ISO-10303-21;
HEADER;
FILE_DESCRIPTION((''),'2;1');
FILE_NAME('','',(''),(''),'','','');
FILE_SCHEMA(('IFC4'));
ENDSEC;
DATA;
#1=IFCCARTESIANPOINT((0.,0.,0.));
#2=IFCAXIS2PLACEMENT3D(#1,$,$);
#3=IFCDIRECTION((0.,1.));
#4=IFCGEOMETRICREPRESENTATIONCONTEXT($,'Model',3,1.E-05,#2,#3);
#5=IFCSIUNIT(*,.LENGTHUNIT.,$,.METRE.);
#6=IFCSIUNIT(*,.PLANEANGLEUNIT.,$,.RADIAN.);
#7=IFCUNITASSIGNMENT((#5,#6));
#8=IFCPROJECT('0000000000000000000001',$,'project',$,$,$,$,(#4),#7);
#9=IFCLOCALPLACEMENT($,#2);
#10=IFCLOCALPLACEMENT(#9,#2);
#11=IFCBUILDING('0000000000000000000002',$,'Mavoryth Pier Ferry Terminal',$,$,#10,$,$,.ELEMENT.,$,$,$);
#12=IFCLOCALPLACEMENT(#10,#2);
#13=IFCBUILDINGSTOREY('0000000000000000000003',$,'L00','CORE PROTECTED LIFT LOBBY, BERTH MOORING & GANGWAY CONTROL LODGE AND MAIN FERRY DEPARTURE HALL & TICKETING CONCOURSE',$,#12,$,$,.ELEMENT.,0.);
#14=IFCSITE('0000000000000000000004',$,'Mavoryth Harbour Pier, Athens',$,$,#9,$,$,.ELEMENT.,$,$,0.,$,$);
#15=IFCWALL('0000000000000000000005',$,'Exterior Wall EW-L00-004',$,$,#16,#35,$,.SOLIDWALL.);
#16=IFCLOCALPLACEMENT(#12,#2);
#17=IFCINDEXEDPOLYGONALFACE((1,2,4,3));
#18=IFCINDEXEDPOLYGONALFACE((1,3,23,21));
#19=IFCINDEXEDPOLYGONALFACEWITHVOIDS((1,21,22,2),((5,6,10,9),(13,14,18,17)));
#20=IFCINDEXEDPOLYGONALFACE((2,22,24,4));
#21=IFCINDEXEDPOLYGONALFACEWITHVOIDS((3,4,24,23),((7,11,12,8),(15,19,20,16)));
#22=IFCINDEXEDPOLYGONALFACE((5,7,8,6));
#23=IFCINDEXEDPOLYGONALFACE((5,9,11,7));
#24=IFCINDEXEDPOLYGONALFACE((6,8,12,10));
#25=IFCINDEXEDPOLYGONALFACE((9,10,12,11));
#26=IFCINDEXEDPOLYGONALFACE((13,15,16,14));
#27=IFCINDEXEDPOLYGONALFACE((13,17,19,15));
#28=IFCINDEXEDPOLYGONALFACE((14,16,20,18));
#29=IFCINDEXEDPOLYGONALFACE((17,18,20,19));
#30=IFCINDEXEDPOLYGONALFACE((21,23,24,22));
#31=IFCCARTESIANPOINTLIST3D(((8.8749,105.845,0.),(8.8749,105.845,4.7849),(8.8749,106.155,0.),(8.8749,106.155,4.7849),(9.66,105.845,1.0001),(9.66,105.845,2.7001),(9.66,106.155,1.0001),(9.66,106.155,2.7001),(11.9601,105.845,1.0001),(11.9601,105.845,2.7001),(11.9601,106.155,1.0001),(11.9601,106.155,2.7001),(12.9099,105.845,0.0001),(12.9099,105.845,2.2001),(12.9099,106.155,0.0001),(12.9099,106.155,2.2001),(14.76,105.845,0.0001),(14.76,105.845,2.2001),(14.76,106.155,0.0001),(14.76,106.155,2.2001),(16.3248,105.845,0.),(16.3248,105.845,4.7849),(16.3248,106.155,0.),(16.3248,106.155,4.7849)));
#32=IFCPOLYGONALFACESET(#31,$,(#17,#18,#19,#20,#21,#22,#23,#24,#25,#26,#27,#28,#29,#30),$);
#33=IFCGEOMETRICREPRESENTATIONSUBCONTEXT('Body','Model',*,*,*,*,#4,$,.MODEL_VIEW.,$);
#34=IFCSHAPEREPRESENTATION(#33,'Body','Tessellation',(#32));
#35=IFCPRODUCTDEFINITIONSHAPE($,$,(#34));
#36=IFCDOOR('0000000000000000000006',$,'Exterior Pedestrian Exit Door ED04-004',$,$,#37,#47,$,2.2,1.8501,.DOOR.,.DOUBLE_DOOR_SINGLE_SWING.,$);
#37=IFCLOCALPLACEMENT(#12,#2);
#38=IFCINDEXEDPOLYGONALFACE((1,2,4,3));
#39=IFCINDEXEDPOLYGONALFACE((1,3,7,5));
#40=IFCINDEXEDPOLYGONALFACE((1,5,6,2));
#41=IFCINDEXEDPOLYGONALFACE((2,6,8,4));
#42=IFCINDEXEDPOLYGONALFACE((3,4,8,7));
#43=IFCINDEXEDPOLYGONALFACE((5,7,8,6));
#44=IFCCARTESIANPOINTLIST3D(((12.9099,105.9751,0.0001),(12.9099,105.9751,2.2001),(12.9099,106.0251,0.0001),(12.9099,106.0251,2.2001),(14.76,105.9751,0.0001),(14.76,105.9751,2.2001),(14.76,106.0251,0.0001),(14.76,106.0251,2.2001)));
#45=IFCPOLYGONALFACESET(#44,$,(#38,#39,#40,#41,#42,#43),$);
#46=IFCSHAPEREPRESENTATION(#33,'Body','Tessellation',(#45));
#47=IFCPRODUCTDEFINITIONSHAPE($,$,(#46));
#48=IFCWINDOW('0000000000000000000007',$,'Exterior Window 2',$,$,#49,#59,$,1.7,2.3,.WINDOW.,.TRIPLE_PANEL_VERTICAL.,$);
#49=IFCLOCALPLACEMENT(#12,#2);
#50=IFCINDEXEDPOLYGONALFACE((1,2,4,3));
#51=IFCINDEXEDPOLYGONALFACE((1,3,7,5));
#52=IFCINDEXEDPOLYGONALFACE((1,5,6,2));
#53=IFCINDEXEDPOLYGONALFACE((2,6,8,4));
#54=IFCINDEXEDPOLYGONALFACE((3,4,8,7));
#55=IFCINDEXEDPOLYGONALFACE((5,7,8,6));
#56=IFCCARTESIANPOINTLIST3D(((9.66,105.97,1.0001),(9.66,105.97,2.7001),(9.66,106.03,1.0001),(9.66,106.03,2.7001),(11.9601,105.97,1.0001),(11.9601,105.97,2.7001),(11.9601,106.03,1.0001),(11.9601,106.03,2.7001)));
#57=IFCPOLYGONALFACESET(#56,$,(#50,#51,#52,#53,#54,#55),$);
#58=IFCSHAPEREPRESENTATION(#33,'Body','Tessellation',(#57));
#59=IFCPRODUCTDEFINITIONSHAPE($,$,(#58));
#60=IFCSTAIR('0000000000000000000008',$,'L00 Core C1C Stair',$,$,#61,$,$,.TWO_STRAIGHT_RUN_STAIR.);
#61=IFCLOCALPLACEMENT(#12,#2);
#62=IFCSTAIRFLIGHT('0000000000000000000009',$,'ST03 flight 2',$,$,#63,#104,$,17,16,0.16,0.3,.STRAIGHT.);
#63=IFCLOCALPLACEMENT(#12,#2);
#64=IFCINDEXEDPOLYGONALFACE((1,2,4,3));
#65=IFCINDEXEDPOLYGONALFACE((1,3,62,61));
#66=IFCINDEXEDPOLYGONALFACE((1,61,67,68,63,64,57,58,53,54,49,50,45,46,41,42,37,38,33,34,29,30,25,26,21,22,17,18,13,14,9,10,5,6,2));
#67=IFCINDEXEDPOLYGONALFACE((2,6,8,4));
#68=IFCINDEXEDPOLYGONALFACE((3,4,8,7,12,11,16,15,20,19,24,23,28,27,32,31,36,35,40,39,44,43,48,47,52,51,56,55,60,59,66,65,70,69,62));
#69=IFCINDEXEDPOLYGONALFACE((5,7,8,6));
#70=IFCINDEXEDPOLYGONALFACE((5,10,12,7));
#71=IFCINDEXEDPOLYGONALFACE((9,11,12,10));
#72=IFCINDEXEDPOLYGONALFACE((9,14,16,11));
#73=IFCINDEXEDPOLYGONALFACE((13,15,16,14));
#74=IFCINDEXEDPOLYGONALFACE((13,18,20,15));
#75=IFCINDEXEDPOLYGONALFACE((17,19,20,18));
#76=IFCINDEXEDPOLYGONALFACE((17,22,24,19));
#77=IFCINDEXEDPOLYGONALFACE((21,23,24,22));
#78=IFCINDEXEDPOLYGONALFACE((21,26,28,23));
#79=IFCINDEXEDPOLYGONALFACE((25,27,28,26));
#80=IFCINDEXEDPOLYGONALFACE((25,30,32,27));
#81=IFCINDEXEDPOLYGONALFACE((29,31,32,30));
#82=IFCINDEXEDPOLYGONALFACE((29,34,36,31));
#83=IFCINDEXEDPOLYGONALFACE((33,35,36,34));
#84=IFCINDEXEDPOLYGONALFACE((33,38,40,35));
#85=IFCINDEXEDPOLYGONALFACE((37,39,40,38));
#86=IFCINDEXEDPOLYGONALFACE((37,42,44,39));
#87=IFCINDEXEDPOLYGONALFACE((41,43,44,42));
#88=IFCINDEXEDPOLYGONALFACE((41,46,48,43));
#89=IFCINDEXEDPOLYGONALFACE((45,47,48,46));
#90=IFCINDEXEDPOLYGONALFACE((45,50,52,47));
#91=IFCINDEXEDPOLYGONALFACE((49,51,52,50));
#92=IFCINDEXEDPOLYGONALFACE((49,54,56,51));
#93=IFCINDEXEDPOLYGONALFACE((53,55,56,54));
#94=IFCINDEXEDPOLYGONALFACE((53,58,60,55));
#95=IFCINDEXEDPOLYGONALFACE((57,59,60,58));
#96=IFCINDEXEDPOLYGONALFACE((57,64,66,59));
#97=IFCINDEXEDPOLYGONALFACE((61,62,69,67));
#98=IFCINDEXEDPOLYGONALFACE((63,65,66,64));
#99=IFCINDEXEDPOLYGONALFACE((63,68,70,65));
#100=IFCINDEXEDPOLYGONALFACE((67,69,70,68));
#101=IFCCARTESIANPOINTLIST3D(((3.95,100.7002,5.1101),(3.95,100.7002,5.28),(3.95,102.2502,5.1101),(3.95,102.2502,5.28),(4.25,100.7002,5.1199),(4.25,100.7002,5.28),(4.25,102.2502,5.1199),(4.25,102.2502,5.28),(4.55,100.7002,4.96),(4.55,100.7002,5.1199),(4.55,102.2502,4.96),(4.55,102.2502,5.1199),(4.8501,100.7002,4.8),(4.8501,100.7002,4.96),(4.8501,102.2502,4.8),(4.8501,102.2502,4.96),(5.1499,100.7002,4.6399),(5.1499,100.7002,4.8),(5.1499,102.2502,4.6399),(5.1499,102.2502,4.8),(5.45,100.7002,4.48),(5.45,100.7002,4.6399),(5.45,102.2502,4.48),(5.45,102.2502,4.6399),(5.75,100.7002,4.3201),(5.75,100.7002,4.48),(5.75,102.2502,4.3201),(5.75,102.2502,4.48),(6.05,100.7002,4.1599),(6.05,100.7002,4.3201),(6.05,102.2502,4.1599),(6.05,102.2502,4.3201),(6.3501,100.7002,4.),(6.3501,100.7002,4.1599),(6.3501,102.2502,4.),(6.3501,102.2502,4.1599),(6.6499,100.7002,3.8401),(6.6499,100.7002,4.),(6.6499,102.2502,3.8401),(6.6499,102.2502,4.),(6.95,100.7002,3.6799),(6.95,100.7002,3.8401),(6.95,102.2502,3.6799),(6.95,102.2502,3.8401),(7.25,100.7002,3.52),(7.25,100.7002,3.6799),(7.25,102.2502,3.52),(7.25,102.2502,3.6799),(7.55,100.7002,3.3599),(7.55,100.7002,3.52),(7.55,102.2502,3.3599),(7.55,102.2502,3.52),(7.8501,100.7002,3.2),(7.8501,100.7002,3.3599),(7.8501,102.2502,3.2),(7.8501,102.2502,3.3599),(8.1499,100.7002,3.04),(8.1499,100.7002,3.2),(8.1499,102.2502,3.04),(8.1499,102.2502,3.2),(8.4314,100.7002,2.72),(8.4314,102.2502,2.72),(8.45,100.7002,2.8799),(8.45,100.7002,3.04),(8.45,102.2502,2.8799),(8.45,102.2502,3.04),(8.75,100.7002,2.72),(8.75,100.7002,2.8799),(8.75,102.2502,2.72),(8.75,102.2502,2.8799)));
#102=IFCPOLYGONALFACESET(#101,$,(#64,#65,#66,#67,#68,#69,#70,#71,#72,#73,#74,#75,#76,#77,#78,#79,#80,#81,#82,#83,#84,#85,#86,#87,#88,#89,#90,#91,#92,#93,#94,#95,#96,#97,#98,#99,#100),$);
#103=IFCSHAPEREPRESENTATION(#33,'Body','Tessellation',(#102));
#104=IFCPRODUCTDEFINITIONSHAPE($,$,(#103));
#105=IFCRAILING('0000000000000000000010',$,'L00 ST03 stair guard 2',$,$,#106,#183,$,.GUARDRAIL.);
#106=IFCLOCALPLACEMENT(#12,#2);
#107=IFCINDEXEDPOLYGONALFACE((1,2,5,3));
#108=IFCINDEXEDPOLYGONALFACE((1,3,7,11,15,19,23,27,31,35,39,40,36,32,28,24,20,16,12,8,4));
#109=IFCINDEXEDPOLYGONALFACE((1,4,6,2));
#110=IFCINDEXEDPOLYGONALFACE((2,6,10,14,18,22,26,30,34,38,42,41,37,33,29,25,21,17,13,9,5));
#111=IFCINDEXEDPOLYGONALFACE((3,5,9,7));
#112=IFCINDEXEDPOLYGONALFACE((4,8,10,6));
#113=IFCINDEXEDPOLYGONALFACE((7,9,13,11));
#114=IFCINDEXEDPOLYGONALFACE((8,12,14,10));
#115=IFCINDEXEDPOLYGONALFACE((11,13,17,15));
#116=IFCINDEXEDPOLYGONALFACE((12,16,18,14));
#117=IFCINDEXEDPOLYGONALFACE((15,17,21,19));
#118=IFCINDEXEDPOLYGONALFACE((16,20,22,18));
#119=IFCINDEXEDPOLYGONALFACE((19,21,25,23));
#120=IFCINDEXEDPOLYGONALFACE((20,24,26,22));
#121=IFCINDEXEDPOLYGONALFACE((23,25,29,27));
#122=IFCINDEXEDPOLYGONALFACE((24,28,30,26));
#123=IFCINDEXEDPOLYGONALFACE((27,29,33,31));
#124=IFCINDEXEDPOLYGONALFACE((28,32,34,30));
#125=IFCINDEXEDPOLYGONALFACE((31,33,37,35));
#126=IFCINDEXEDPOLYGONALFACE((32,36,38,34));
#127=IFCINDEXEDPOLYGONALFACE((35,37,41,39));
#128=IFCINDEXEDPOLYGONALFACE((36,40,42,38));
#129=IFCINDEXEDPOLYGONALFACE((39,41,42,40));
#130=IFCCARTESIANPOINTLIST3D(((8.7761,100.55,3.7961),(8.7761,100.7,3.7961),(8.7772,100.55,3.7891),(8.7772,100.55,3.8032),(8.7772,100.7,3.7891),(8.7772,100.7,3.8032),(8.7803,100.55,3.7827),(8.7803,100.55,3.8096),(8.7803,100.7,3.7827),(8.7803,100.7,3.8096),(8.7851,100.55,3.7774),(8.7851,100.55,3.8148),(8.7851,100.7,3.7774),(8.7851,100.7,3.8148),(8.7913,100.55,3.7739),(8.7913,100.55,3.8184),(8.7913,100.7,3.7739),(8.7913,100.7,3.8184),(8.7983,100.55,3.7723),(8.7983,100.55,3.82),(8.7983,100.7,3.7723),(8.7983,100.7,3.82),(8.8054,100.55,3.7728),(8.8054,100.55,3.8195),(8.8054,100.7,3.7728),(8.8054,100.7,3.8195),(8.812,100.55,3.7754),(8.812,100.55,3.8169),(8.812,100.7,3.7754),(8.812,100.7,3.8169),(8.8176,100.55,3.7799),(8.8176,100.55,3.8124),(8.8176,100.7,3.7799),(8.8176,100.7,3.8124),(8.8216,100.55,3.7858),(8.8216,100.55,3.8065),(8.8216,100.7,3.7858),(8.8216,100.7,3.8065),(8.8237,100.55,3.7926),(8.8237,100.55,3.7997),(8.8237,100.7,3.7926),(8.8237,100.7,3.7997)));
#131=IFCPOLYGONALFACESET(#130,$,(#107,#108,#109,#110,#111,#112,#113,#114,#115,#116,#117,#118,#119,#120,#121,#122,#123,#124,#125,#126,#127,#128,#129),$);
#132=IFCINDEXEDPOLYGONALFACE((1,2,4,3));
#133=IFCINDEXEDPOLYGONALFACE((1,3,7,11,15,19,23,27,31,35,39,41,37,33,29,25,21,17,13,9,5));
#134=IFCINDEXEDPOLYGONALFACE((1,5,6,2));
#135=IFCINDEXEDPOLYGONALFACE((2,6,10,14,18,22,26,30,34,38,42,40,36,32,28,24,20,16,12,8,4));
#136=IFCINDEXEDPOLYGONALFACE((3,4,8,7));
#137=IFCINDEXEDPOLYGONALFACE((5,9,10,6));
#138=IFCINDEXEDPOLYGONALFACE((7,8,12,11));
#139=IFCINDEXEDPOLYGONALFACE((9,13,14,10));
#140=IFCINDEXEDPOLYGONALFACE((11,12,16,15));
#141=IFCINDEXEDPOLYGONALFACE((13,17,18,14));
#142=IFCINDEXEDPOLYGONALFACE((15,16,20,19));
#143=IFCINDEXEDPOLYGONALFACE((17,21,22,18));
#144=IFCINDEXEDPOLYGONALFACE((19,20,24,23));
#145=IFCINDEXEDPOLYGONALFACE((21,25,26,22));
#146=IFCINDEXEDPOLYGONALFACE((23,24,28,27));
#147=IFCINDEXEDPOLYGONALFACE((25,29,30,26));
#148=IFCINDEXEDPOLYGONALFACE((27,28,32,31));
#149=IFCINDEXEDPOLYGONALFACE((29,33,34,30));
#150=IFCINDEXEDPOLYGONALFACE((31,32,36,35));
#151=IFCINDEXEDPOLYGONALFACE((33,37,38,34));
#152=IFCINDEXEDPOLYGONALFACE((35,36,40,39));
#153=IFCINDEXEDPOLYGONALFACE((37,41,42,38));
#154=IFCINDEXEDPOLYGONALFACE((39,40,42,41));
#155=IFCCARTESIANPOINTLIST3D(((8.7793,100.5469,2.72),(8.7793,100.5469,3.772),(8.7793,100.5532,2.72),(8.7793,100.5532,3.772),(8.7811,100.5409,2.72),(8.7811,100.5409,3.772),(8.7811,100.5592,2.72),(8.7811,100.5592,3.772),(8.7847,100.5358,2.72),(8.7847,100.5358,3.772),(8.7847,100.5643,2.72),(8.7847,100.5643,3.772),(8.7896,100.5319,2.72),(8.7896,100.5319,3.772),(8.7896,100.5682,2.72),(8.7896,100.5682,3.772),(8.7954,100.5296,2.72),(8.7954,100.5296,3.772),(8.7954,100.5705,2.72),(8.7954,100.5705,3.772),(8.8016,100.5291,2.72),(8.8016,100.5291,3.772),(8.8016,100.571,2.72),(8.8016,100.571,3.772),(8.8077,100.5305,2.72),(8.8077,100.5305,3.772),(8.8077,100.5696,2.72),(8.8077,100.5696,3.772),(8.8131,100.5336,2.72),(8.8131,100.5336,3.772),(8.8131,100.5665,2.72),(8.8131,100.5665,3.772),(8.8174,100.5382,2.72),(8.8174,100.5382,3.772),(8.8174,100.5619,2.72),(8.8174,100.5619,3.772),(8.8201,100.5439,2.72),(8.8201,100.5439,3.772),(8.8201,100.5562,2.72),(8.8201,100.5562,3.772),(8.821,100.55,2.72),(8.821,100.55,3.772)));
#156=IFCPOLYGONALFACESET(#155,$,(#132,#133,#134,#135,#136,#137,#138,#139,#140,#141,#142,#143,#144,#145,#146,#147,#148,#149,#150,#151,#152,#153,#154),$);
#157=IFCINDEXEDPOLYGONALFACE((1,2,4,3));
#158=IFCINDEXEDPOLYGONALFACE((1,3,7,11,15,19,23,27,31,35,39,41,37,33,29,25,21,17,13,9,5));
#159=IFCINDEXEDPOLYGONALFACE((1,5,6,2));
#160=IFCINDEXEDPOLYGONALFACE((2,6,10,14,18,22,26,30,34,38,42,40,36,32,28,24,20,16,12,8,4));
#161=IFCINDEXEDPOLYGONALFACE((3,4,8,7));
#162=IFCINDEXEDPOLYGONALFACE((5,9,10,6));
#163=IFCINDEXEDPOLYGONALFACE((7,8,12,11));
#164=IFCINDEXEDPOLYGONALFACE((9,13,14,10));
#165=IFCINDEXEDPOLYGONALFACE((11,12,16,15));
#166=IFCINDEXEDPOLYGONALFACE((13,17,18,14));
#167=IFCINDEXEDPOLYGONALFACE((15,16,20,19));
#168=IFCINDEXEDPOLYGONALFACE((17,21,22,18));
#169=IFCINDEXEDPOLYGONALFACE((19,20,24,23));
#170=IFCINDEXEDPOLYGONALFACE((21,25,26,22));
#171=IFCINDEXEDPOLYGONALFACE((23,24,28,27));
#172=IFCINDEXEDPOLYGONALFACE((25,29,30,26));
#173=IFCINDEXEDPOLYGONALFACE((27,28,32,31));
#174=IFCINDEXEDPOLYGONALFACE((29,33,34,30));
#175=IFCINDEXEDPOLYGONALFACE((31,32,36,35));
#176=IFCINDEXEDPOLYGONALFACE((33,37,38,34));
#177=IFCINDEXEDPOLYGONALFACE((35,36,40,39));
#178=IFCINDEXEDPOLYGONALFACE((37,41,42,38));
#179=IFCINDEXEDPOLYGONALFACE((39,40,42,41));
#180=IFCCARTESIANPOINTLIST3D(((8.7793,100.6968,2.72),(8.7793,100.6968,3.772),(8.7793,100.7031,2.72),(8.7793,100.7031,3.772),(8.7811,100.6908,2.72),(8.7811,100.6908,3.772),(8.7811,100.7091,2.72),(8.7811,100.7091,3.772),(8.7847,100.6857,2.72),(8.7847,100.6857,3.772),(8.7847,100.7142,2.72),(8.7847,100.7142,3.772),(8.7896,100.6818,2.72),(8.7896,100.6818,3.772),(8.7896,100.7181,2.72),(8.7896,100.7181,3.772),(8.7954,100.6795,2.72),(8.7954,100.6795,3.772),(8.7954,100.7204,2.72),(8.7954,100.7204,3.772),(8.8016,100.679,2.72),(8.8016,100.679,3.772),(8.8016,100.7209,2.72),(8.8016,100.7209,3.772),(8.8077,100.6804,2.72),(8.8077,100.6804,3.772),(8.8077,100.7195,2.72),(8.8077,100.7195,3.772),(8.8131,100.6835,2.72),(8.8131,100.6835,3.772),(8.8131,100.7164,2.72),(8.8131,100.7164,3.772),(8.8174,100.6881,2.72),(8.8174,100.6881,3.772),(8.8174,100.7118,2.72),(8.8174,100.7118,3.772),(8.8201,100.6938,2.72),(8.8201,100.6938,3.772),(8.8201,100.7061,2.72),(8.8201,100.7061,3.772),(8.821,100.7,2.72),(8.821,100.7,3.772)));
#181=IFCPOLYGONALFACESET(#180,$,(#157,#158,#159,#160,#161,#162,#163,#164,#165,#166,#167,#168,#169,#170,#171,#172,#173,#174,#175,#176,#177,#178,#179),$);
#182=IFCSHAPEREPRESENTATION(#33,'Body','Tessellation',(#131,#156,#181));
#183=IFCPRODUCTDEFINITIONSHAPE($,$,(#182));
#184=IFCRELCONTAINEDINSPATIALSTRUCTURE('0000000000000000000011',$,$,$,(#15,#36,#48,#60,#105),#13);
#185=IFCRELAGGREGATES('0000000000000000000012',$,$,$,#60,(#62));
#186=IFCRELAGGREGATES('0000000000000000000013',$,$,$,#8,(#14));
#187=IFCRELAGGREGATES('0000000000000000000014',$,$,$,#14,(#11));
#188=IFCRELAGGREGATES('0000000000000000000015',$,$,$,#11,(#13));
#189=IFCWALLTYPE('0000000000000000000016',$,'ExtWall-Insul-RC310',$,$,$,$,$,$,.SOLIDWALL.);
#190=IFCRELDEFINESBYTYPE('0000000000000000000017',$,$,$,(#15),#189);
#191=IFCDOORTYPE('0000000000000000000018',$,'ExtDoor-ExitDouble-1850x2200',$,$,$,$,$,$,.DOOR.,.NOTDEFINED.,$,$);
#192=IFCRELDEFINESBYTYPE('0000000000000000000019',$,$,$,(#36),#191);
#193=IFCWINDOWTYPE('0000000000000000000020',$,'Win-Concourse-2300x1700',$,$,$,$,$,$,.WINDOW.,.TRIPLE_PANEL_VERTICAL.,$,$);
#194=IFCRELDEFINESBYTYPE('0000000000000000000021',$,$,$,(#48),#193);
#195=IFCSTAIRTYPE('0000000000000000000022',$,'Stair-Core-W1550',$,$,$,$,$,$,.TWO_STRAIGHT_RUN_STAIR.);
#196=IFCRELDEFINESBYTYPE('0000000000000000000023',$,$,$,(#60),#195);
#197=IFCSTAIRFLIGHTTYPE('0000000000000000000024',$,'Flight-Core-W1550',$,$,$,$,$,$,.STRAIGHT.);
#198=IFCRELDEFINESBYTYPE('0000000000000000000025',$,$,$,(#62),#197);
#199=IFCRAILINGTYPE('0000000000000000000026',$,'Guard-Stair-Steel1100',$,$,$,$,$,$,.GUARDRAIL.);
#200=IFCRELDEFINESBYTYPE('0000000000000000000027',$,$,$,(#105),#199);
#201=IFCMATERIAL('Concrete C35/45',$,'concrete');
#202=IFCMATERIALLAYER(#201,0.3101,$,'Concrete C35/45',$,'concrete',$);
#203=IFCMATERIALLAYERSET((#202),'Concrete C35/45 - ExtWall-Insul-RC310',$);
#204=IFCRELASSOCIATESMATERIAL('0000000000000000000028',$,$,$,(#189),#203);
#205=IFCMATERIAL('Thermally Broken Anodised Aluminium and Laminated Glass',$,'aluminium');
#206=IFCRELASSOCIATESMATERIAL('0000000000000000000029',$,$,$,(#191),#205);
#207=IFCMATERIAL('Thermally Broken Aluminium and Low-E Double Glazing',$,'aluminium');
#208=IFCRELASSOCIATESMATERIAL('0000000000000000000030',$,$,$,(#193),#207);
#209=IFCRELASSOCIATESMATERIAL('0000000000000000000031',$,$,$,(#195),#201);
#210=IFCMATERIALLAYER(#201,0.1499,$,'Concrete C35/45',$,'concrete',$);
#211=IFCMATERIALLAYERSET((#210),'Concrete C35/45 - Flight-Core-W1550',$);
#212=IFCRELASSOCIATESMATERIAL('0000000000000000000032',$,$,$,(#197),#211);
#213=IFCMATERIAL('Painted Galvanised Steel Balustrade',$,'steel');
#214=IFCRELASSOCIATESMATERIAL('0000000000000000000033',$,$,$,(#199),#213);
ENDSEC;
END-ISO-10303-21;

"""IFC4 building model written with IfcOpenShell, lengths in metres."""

from ifc_helpers import new_model, si_unit, direction, frame, frame_2d, origin, origin_2d, place, context, subcontext, project, spatial, polyline, rectangle, circle, outline, extrude, material, layer, layer_set, type_object, element, fill, aggregate, save


model = new_model("IFC4")

# Units and contexts
model_context = context("Model", 3, precision=1e-05, world=origin(), true_north=direction((0.0, 1.0)))
body_context = subcontext(model_context, "Body", "Model", "MODEL_VIEW")
ifc_project = project(units=[si_unit("LENGTHUNIT", "METRE"), si_unit("PLANEANGLEUNIT", "RADIAN")], contexts=[model_context])

# Site, building, storey
site_placement = place(None, origin())
site = spatial("IfcSite", under=ifc_project, at=site_placement, Name="Mavoryth Harbour Pier, Athens", CompositionType="ELEMENT", RefElevation=0.0)
building_placement = place(site_placement, origin())
building = spatial("IfcBuilding", under=site, at=building_placement, Name="Mavoryth Pier Ferry Terminal", CompositionType="ELEMENT")
storey_placement = place(building_placement, origin())
storey = spatial("IfcBuildingStorey", under=building, at=storey_placement, Name="L00", Description="CORE PROTECTED LIFT LOBBY, BERTH MOORING & GANGWAY CONTROL LODGE AND MAIN FERRY DEPARTURE HALL & TICKETING CONCOURSE", CompositionType="ELEMENT", Elevation=0.0)

# Shared definitions
ifc_material_1 = material(Name="Concrete C35/45", Category="concrete")

# Wall, openings, door, window
ifc_layer_1 = layer(ifc_material_1, 0.3101, Name="Concrete C35/45", Category="concrete")
ifc_layer_set_1 = layer_set([ifc_layer_1], Name="Concrete C35/45 - ExtWall-Insul-RC310")
wall_type = type_object("IfcWallType", Name="ExtWall-Insul-RC310", PredefinedType="SOLIDWALL", material=ifc_layer_set_1)
wall_placement = place(storey_placement, frame((16.325, 106.0, 0.0), z_axis=(0.0, 0.0, 1.0), x_axis=(-1.0, 0.0, 0.0)))
wall = element("IfcWall", 1, at=wall_placement, inside=storey, type_object=wall_type, Name="Exterior Wall EW-L00-004", PredefinedType="SOLIDWALL", context=body_context, shape_type="SweptSolid", body=[
    extrude(rectangle(XDim=7.45, YDim=0.3101, at=frame_2d((3.7251, 0.0))), origin(), (0.0, 0.0, 1.0), 4.7849),
])
opening_1_placement = place(wall_placement, frame((1.5649, 0.0, 0.0)))
opening_1 = element("IfcOpeningElement", 2, at=opening_1_placement, cuts=wall, PredefinedType="OPENING", context=body_context, shape_type="SweptSolid", body=[
    extrude(rectangle(XDim=1.8501, YDim=2.2, at=frame_2d((0.925, 1.1001))), frame((0.0, 0.165, 0.0), z_axis=(0.0, -1.0, 0.0), x_axis=(1.0, 0.0, 0.0)), (0.0, 0.0, 1.0), 0.3301),
])
opening_2_placement = place(wall_placement, frame((4.365, 0.0, 1.0)))
opening_2 = element("IfcOpeningElement", 3, at=opening_2_placement, cuts=wall, PredefinedType="OPENING", context=body_context, shape_type="SweptSolid", body=[
    extrude(rectangle(XDim=2.3, YDim=1.7, at=frame_2d((1.1499, 0.8501))), frame((0.0, 0.165, 0.0), z_axis=(0.0, -1.0, 0.0), x_axis=(1.0, 0.0, 0.0)), (0.0, 0.0, 1.0), 0.3301),
])
ifc_material_2 = material(Name="Thermally Broken Anodised Aluminium and Laminated Glass", Category="aluminium")
door_type = type_object("IfcDoorType", Name="ExtDoor-ExitDouble-1850x2200", OperationType="NOTDEFINED", PredefinedType="DOOR", material=ifc_material_2)
door_placement = place(opening_1_placement, origin())
door = element("IfcDoor", 4, at=door_placement, inside=storey, type_object=door_type, Name="Exterior Pedestrian Exit Door ED04-004", OperationType="DOUBLE_DOOR_SINGLE_SWING", OverallHeight=2.2, OverallWidth=1.8501, PredefinedType="DOOR", context=body_context, shape_type="SweptSolid", body=[
    extrude(rectangle(XDim=1.8501, YDim=2.2, at=frame_2d((0.925, 1.1001))), frame((0.0, 0.0249, 0.0), z_axis=(0.0, -1.0, 0.0), x_axis=(1.0, 0.0, 0.0)), (0.0, 0.0, 1.0), 0.05),
])
fill(opening_1, door)
ifc_material_3 = material(Name="Thermally Broken Aluminium and Low-E Double Glazing", Category="aluminium")
window_type = type_object("IfcWindowType", Name="Win-Concourse-2300x1700", PartitioningType="TRIPLE_PANEL_VERTICAL", PredefinedType="WINDOW", material=ifc_material_3)
window_placement = place(opening_2_placement, origin())
window = element("IfcWindow", 5, at=window_placement, inside=storey, type_object=window_type, Name="Exterior Window 2", OverallHeight=1.7, OverallWidth=2.3, PartitioningType="TRIPLE_PANEL_VERTICAL", PredefinedType="WINDOW", context=body_context, shape_type="SweptSolid", body=[
    extrude(rectangle(XDim=2.3, YDim=1.7, at=frame_2d((1.1499, 0.8501))), frame((0.0, 0.03, 0.0), z_axis=(0.0, -1.0, 0.0), x_axis=(1.0, 0.0, 0.0)), (0.0, 0.0, 1.0), 0.0601),
])
fill(opening_2, window)

# Stair, stair flight
stair_type = type_object("IfcStairType", Name="Stair-Core-W1550", PredefinedType="TWO_STRAIGHT_RUN_STAIR", material=ifc_material_1)
stair_placement = place(storey_placement, origin())
stair = element("IfcStair", 6, at=stair_placement, inside=storey, type_object=stair_type, Name="L00 Core C1C Stair", PredefinedType="TWO_STRAIGHT_RUN_STAIR")
ifc_layer_2 = layer(ifc_material_1, 0.1499, Name="Concrete C35/45", Category="concrete")
ifc_layer_set_2 = layer_set([ifc_layer_2], Name="Concrete C35/45 - Flight-Core-W1550")
stair_flight_type = type_object("IfcStairFlightType", Name="Flight-Core-W1550", PredefinedType="STRAIGHT", material=ifc_layer_set_2)
stair_flight_placement = place(storey_placement, frame((8.75, 101.4751, 2.72), z_axis=(0.0, 0.0, 1.0), x_axis=(-1.0, 0.0, 0.0)))
stair_flight = element("IfcStairFlight", 7, at=stair_flight_placement, type_object=stair_flight_type, Name="ST03 flight 2", NumberOfRisers=17, NumberOfTreads=16, PredefinedType="STRAIGHT", RiserHeight=0.16, TreadLength=0.3, context=body_context, shape_type="SweptSolid", body=[
    extrude(outline(polyline([(0.0, 0.0), (0.0, 0.1599), (0.3, 0.1599), (0.3, 0.3201), (0.6001, 0.3201), (0.6001, 0.48), (0.8999, 0.48), (0.8999, 0.6399), (1.2, 0.6399), (1.2, 0.8), (1.5, 0.8), (1.5, 0.96), (1.8, 0.96), (1.8, 1.1201), (2.1001, 1.1201), (2.1001, 1.28), (2.3999, 1.28), (2.3999, 1.4399), (2.7, 1.4399), (2.7, 1.6001), (3.0, 1.6001), (3.0, 1.76), (3.3, 1.76), (3.3, 1.9199), (3.6001, 1.9199), (3.6001, 2.0801), (3.8999, 2.0801), (3.8999, 2.24), (4.2, 2.24), (4.2, 2.3999), (4.5, 2.3999), (4.5, 2.5601), (4.8, 2.5601), (4.8, 2.72), (4.8, 2.3901), (0.3186, 0.0), (0.0, 0.0)])), frame((0.0, 0.7749, 0.0), z_axis=(0.0, -1.0, 0.0), x_axis=(1.0, 0.0, 0.0)), (0.0, 0.0, 1.0), 1.55),
])
aggregate(stair, [stair_flight])

# Railing
ifc_material_4 = material(Name="Painted Galvanised Steel Balustrade", Category="steel")
railing_type_1 = type_object("IfcRailingType", Name="Guard-Stair-Steel1100", PredefinedType="GUARDRAIL", material=ifc_material_4)
railing_1_placement = place(storey_placement, frame((8.8, 100.55, 2.72)))
element("IfcRailing", 8, at=railing_1_placement, inside=storey, type_object=railing_type_1, Name="L00 ST03 stair guard 2", PredefinedType="GUARDRAIL", context=body_context, shape_type="SweptSolid", body=[
    extrude(circle(Radius=0.0239, at=origin_2d()), frame((0.0, 0.0, 1.0762), z_axis=(0.0, 1.0, 0.0), x_axis=(-1.0, 0.0, 0.0)), (0.0, 0.0, 1.0), 0.1499),
    extrude(circle(Radius=0.021, at=origin_2d()), origin(), (0.0, 0.0, 1.0), 1.052),
    extrude(circle(Radius=0.021, at=origin_2d()), frame((0.0, 0.1499, 0.0)), (0.0, 0.0, 1.0), 1.052),
])

save(model, "model.ifc")
